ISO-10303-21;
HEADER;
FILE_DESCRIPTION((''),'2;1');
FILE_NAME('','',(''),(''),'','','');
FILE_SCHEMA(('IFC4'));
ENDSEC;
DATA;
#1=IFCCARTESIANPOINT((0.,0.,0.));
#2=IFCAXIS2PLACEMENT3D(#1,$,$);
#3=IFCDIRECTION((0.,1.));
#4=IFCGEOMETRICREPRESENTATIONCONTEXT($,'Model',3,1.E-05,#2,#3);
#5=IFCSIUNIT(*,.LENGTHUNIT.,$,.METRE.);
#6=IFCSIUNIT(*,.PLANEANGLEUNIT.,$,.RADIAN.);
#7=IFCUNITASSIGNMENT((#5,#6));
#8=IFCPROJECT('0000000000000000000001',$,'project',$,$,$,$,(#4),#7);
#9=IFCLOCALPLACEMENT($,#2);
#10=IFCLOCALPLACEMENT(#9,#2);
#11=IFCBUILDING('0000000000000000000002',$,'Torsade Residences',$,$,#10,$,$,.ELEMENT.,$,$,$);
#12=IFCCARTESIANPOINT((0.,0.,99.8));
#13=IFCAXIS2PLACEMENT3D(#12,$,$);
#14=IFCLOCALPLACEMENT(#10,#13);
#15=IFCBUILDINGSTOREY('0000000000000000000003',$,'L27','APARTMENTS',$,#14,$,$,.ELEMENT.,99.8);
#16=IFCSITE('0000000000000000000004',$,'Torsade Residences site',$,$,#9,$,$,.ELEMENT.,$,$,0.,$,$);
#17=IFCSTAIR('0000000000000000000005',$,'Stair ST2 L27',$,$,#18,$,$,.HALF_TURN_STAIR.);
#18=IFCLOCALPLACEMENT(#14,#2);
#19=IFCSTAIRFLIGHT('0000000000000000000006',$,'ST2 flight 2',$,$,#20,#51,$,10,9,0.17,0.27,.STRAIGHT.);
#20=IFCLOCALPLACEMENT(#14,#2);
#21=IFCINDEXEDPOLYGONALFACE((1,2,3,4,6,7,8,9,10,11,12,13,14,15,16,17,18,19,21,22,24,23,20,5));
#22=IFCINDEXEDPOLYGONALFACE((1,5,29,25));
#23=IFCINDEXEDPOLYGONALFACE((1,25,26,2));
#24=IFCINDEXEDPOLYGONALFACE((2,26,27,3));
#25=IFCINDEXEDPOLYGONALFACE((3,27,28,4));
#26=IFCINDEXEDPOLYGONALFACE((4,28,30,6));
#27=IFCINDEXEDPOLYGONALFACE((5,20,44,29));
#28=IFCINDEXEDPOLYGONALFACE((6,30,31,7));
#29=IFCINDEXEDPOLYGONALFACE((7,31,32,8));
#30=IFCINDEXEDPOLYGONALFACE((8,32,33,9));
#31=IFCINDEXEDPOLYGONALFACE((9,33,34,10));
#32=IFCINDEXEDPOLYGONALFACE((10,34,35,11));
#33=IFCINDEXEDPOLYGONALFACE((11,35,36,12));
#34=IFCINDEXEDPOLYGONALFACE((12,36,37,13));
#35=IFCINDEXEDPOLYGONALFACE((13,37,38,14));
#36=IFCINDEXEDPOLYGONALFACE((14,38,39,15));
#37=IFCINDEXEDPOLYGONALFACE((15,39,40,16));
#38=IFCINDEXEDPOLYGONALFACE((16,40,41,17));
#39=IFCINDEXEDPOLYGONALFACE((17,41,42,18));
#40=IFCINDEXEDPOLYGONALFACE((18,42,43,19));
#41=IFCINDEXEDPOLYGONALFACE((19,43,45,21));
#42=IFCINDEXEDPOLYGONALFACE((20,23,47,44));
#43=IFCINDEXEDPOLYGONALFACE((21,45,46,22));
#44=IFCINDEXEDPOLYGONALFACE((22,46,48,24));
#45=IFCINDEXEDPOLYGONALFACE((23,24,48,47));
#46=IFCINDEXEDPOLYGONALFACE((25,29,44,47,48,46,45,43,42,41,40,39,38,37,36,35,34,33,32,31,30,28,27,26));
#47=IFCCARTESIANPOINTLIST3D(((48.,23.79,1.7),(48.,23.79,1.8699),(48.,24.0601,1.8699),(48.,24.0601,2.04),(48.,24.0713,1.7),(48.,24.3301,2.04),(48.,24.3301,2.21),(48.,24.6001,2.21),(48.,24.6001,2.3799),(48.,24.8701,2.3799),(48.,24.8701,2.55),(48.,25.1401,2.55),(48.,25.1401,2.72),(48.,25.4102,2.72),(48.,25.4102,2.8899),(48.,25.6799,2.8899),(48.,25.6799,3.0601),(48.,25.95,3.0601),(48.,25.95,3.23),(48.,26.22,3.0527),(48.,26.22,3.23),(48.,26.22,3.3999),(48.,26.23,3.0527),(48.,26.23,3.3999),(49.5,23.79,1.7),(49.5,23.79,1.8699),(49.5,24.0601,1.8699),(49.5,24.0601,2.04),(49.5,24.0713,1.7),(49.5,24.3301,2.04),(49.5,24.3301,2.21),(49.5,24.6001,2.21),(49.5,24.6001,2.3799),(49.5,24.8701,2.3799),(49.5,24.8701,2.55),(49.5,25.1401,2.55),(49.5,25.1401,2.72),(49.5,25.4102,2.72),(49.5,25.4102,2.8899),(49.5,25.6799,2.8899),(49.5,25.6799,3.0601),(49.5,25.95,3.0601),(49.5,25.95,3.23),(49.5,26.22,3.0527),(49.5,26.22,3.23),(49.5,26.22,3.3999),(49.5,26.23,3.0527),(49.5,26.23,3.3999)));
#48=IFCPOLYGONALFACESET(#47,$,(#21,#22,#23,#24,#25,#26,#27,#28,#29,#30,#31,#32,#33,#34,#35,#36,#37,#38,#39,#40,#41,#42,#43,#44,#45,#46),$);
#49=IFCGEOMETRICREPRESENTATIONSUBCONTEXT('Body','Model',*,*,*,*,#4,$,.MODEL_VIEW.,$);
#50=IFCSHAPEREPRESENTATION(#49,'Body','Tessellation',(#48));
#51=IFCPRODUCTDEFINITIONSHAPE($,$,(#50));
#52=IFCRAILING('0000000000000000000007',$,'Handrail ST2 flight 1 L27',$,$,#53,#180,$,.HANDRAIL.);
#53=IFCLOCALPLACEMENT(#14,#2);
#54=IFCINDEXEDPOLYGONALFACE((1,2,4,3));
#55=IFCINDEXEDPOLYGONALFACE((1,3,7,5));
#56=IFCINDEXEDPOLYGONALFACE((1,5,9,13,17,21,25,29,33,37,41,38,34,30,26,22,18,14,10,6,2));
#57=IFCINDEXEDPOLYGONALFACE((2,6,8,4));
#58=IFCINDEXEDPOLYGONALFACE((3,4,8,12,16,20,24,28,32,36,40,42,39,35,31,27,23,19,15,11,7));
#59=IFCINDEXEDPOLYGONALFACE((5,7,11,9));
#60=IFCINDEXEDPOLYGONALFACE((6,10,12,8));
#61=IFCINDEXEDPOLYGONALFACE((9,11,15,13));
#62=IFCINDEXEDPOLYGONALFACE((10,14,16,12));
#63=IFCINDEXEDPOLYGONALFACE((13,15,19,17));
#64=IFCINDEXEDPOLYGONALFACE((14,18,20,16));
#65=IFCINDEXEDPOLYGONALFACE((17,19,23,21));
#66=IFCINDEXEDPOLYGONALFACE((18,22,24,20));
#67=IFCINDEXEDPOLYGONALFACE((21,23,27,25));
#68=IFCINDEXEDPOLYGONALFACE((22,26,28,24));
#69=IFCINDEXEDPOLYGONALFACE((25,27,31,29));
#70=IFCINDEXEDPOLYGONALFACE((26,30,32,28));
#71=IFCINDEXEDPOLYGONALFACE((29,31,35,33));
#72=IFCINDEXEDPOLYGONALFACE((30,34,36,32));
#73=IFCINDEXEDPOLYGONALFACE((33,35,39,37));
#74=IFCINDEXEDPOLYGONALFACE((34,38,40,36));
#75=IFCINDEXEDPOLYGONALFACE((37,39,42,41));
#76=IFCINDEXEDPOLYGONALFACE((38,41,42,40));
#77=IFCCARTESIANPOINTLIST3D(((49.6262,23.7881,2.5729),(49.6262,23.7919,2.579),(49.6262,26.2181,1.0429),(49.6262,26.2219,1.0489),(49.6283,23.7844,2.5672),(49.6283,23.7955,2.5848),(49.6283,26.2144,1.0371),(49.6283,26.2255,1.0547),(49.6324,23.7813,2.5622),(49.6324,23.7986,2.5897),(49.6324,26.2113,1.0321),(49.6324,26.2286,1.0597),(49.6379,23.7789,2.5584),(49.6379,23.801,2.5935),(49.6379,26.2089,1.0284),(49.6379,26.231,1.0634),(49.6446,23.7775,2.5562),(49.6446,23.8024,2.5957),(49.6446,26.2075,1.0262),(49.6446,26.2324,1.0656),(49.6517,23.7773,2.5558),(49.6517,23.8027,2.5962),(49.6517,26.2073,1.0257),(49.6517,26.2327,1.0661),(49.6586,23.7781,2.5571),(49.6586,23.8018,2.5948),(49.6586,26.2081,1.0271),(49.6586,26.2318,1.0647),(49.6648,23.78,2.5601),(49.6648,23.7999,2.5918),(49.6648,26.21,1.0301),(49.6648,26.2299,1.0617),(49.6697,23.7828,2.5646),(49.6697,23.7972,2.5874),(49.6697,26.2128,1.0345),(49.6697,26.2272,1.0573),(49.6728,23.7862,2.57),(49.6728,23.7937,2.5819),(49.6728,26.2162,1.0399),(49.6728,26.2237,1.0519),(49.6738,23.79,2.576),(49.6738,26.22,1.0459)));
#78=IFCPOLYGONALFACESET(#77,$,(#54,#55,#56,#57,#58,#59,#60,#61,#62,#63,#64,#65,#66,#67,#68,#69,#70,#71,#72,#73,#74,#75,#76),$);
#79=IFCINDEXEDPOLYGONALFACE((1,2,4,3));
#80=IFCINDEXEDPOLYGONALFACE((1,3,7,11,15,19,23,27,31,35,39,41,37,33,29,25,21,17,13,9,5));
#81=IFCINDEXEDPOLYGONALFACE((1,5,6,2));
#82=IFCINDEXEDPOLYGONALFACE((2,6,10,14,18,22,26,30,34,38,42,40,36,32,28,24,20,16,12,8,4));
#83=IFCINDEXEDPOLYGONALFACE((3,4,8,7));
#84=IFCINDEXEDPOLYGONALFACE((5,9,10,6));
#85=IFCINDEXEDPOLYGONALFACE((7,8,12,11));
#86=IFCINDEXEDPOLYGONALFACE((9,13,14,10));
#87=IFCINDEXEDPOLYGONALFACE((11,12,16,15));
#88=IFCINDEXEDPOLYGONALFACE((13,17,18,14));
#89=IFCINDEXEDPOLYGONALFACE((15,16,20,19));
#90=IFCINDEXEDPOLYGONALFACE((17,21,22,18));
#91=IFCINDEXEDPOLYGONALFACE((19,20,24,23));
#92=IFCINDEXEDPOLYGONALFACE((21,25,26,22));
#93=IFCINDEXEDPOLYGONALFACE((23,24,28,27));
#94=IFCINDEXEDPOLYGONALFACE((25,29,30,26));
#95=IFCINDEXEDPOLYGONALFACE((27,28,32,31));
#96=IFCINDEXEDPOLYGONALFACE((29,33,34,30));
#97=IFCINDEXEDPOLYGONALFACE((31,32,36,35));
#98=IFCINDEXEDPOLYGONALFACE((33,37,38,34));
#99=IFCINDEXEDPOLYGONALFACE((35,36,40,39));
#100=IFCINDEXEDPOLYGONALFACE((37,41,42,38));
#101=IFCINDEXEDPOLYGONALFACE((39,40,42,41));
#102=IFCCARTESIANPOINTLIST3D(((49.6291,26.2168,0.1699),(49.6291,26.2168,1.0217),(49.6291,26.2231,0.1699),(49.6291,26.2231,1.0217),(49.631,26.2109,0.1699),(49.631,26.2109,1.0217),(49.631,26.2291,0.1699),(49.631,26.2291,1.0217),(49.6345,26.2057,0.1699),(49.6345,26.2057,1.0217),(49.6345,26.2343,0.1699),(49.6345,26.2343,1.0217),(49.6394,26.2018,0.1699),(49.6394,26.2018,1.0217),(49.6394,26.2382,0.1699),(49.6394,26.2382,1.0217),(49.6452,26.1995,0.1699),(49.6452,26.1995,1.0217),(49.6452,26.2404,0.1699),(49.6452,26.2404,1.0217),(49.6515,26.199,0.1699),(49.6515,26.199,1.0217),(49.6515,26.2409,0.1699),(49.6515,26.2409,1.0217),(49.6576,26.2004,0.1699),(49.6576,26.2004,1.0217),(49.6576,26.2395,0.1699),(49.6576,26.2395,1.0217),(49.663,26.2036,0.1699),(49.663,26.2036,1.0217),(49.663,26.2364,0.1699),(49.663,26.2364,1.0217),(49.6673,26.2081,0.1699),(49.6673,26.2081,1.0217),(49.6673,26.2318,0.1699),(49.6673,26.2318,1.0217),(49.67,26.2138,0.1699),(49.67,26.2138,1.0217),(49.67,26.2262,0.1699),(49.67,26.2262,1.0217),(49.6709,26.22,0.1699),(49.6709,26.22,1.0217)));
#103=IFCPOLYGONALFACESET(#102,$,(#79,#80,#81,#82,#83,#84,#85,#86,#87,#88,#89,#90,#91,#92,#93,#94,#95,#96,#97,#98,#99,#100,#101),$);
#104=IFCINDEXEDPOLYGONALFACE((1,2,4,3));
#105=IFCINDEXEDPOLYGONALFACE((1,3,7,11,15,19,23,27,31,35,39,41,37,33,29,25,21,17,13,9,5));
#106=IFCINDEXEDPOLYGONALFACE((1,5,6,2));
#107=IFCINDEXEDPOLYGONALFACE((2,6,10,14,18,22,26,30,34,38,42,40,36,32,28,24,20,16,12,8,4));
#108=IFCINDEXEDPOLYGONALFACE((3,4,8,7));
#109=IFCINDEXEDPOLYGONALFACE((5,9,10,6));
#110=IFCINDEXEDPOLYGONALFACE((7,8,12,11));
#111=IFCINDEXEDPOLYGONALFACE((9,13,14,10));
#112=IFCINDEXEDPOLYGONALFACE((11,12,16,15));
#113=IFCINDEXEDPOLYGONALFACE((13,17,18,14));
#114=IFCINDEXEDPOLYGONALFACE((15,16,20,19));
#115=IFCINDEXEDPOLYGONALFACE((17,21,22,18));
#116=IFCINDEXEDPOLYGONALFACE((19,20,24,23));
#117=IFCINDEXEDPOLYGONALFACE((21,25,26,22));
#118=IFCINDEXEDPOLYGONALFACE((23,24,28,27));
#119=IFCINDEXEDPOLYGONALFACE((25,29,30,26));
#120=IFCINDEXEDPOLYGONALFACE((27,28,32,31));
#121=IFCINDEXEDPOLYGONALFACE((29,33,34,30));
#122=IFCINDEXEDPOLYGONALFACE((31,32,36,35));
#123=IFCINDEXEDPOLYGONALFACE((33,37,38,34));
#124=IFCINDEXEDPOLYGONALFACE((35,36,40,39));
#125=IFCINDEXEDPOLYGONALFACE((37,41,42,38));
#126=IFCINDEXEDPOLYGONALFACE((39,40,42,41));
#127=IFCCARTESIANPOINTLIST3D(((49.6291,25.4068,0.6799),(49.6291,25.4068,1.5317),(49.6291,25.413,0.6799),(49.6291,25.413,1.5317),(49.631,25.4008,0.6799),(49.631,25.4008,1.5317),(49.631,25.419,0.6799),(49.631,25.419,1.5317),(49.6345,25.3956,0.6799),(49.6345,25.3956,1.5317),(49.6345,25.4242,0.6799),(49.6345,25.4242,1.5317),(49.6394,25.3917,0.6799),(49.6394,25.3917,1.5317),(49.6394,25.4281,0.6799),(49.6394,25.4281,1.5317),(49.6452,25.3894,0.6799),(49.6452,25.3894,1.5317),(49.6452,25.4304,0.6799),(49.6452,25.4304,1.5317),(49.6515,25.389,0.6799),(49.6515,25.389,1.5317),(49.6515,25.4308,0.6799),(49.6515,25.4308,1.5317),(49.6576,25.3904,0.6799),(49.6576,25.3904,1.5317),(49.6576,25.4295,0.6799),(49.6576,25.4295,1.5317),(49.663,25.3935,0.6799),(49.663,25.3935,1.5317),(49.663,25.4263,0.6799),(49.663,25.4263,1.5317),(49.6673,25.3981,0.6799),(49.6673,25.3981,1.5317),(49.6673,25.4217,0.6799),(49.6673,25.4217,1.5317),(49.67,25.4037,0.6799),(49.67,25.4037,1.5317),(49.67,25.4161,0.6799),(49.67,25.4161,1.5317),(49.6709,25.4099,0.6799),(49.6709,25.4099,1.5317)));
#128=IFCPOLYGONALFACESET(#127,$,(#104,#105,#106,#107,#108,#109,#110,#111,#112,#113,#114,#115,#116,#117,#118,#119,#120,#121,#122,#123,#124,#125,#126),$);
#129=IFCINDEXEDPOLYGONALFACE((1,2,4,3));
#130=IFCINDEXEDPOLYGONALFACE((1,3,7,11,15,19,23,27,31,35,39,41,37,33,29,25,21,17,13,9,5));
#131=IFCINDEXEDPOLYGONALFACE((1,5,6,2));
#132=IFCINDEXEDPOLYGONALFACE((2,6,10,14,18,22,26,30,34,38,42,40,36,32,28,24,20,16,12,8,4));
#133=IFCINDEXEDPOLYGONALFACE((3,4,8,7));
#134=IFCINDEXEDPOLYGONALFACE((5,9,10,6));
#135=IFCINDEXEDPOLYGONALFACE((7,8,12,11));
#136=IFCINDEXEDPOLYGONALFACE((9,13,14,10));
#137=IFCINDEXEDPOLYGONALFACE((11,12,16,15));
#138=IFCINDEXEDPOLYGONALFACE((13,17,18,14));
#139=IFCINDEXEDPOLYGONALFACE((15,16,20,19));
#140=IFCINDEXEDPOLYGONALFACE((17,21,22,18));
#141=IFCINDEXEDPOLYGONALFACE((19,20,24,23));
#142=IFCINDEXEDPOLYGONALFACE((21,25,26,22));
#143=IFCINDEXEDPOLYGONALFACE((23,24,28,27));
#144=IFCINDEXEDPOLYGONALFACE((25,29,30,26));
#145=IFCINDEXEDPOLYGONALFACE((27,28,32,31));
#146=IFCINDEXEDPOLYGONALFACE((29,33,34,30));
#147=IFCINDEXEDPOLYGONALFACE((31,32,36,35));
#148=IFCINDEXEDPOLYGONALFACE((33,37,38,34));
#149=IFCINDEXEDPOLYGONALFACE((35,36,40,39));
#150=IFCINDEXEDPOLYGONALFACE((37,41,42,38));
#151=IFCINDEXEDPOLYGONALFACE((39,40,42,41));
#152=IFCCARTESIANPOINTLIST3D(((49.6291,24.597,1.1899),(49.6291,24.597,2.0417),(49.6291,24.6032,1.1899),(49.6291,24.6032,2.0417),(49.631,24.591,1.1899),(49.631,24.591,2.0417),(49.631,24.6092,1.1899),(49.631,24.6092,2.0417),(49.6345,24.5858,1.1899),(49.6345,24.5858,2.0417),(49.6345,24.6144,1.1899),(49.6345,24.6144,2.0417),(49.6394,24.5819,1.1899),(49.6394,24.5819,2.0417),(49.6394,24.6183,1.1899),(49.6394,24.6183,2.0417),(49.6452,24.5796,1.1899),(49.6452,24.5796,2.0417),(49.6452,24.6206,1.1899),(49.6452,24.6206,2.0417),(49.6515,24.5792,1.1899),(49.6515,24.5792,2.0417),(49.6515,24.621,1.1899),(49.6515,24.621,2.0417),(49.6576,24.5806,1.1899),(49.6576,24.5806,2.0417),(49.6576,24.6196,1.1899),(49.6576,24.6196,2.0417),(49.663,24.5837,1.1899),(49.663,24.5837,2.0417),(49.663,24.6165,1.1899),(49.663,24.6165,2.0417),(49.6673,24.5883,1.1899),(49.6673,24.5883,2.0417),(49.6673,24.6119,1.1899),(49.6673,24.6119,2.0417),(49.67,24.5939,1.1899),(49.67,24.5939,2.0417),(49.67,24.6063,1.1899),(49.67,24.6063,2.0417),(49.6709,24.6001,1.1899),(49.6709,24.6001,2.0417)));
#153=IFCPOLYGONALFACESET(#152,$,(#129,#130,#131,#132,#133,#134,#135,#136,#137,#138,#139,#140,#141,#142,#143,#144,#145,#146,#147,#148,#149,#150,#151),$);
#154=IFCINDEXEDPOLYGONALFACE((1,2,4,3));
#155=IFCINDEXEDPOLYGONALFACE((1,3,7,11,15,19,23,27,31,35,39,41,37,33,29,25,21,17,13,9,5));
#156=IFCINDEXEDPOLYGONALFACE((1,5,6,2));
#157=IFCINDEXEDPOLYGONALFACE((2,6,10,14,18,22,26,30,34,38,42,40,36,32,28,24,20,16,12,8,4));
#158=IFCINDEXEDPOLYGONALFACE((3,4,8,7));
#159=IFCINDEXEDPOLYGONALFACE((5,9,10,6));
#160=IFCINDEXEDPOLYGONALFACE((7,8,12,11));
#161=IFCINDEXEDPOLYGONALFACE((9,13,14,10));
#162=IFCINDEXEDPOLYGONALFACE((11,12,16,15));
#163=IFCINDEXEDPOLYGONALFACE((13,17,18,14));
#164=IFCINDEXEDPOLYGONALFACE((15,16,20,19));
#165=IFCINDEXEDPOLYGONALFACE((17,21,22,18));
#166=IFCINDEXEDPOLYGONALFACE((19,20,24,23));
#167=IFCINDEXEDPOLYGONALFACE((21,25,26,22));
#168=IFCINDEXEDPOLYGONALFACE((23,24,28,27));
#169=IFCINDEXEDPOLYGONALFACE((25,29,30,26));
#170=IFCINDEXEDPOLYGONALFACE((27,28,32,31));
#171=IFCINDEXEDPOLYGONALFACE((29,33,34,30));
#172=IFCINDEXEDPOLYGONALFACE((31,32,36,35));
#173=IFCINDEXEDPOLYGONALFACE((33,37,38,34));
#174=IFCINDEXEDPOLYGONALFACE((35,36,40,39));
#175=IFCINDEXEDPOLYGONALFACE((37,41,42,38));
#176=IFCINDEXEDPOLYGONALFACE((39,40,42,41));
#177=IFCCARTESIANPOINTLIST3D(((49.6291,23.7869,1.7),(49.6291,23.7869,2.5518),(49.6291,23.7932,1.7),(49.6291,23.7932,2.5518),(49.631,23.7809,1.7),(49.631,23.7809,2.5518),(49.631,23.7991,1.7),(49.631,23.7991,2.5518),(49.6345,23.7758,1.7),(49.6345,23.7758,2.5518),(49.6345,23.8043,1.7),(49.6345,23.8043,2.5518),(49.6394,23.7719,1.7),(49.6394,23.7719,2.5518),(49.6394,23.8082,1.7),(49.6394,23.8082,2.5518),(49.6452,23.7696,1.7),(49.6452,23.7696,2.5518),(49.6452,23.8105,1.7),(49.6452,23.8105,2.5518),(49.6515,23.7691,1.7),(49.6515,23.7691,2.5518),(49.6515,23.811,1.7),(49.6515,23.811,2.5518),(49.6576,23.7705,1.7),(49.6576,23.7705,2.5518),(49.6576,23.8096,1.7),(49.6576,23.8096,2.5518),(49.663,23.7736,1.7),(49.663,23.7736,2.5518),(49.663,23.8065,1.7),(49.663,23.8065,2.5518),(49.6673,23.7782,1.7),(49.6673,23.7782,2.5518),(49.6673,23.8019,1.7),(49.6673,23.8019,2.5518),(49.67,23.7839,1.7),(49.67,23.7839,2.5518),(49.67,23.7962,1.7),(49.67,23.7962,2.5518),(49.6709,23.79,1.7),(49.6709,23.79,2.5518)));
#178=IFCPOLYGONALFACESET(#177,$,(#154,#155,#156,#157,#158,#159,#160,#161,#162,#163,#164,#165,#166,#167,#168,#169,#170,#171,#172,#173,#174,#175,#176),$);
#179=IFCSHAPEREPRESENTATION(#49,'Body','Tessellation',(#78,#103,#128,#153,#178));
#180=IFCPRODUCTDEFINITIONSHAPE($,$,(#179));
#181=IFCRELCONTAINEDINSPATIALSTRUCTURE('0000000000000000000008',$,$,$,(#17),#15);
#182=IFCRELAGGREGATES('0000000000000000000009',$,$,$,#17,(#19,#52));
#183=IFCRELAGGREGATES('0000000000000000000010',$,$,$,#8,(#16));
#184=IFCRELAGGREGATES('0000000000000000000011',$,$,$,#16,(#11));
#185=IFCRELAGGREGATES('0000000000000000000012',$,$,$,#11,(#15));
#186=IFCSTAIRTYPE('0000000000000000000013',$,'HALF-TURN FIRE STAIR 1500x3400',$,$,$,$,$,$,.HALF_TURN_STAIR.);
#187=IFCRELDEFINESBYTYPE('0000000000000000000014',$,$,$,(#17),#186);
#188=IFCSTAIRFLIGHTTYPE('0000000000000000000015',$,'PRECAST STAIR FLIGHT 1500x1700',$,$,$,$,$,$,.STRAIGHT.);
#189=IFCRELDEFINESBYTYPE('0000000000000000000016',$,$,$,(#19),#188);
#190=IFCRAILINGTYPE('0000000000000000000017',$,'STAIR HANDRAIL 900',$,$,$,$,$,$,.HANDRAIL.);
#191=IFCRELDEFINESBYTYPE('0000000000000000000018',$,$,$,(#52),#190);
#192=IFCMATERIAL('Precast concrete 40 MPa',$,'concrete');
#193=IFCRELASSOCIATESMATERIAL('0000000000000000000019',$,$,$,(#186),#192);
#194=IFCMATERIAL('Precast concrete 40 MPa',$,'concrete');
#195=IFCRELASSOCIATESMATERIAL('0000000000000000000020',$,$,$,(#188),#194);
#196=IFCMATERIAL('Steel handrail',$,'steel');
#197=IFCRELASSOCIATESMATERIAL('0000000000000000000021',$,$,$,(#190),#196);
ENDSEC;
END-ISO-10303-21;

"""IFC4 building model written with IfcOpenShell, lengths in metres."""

from ifc_helpers import new_model, si_unit, direction, frame, origin, origin_2d, place, context, subcontext, project, spatial, polyline, circle, outline, extrude, material, type_object, element, aggregate, save


model = new_model("IFC4")

# Units and contexts
model_context = context("Model", 3, precision=1e-05, world=origin(), true_north=direction((0.0, 1.0)))
body_context = subcontext(model_context, "Body", "Model", "MODEL_VIEW")
ifc_project = project(units=[si_unit("LENGTHUNIT", "METRE"), si_unit("PLANEANGLEUNIT", "RADIAN")], contexts=[model_context])

# Site, building, storey
site_placement = place(None, origin())
site = spatial("IfcSite", under=ifc_project, at=site_placement, Name="Torsade Residences site", CompositionType="ELEMENT", RefElevation=0.0)
building_placement = place(site_placement, origin())
building = spatial("IfcBuilding", under=site, at=building_placement, Name="Torsade Residences", CompositionType="ELEMENT")
storey_placement = place(building_placement, frame((0.0, 0.0, 99.8)))
storey = spatial("IfcBuildingStorey", under=building, at=storey_placement, Name="L27", Description="APARTMENTS", CompositionType="ELEMENT", Elevation=99.8)

# Stair, stair flight, railing
ifc_material_1 = material(Name="Precast concrete 40 MPa", Category="concrete")
stair_type = type_object("IfcStairType", Name="HALF-TURN FIRE STAIR 1500x3400", PredefinedType="HALF_TURN_STAIR", material=ifc_material_1)
stair_placement = place(storey_placement, origin())
stair = element("IfcStair", 1, at=stair_placement, inside=storey, type_object=stair_type, Name="Stair ST2 L27", PredefinedType="HALF_TURN_STAIR")
ifc_material_2 = material(Name="Precast concrete 40 MPa", Category="concrete")
stair_flight_type = type_object("IfcStairFlightType", Name="PRECAST STAIR FLIGHT 1500x1700", PredefinedType="STRAIGHT", material=ifc_material_2)
stair_flight_1_placement = place(storey_placement, frame((48.75, 23.79, 1.7), z_axis=(0.0, 0.0, 1.0), x_axis=(0.0, 1.0, 0.0)))
stair_flight_1 = element("IfcStairFlight", 2, at=stair_flight_1_placement, type_object=stair_flight_type, Name="ST2 flight 2", NumberOfRisers=10, NumberOfTreads=9, PredefinedType="STRAIGHT", RiserHeight=0.17, TreadLength=0.27, context=body_context, shape_type="SweptSolid", body=[
    extrude(outline(polyline([(0.0, 0.0), (0.0, 0.1699), (0.27, 0.1699), (0.27, 0.3401), (0.54, 0.3401), (0.54, 0.51), (0.8101, 0.51), (0.8101, 0.6799), (1.0801, 0.6799), (1.0801, 0.8501), (1.3501, 0.8501), (1.3501, 1.02), (1.6201, 1.02), (1.6201, 1.1899), (1.8899, 1.1899), (1.8899, 1.3601), (2.1599, 1.3601), (2.1599, 1.53), (2.4299, 1.53), (2.4299, 1.7), (2.4399, 1.7), (2.4399, 1.3528), (2.4299, 1.3528), (0.2812, 0.0), (0.0, 0.0)])), frame((0.0, 0.75, 0.0), z_axis=(0.0, -1.0, 0.0), x_axis=(1.0, 0.0, 0.0)), (0.0, 0.0, 1.0), 1.5),
])
ifc_material_3 = material(Name="Steel handrail", Category="steel")
railing_type = type_object("IfcRailingType", Name="STAIR HANDRAIL 900", PredefinedType="HANDRAIL", material=ifc_material_3)
railing_1_placement = place(storey_placement, frame((49.6499, 26.22, 0.1699)))
railing_1 = element("IfcRailing", 3, at=railing_1_placement, type_object=railing_type, Name="Handrail ST2 flight 1 L27", PredefinedType="HANDRAIL", context=body_context, shape_type="SweptSolid", body=[
    extrude(circle(Radius=0.0239, at=origin_2d()), frame((0.0, 0.0, 0.876), z_axis=(0.0, -0.846221, 0.532831), x_axis=(1.0, 0.0, 0.0)), (0.0, 0.0, 1.0), 2.8716),
    extrude(circle(Radius=0.021, at=origin_2d()), origin(), (0.0, 0.0, 1.0), 0.8518),
    extrude(circle(Radius=0.021, at=origin_2d()), frame((0.0, -0.8101, 0.51)), (0.0, 0.0, 1.0), 0.8518),
    extrude(circle(Radius=0.021, at=origin_2d()), frame((0.0, -1.6199, 1.02)), (0.0, 0.0, 1.0), 0.8518),
    extrude(circle(Radius=0.021, at=origin_2d()), frame((0.0, -2.4299, 1.53)), (0.0, 0.0, 1.0), 0.8518),
])
aggregate(stair, [stair_flight_1, railing_1])

save(model, "model.ifc")
